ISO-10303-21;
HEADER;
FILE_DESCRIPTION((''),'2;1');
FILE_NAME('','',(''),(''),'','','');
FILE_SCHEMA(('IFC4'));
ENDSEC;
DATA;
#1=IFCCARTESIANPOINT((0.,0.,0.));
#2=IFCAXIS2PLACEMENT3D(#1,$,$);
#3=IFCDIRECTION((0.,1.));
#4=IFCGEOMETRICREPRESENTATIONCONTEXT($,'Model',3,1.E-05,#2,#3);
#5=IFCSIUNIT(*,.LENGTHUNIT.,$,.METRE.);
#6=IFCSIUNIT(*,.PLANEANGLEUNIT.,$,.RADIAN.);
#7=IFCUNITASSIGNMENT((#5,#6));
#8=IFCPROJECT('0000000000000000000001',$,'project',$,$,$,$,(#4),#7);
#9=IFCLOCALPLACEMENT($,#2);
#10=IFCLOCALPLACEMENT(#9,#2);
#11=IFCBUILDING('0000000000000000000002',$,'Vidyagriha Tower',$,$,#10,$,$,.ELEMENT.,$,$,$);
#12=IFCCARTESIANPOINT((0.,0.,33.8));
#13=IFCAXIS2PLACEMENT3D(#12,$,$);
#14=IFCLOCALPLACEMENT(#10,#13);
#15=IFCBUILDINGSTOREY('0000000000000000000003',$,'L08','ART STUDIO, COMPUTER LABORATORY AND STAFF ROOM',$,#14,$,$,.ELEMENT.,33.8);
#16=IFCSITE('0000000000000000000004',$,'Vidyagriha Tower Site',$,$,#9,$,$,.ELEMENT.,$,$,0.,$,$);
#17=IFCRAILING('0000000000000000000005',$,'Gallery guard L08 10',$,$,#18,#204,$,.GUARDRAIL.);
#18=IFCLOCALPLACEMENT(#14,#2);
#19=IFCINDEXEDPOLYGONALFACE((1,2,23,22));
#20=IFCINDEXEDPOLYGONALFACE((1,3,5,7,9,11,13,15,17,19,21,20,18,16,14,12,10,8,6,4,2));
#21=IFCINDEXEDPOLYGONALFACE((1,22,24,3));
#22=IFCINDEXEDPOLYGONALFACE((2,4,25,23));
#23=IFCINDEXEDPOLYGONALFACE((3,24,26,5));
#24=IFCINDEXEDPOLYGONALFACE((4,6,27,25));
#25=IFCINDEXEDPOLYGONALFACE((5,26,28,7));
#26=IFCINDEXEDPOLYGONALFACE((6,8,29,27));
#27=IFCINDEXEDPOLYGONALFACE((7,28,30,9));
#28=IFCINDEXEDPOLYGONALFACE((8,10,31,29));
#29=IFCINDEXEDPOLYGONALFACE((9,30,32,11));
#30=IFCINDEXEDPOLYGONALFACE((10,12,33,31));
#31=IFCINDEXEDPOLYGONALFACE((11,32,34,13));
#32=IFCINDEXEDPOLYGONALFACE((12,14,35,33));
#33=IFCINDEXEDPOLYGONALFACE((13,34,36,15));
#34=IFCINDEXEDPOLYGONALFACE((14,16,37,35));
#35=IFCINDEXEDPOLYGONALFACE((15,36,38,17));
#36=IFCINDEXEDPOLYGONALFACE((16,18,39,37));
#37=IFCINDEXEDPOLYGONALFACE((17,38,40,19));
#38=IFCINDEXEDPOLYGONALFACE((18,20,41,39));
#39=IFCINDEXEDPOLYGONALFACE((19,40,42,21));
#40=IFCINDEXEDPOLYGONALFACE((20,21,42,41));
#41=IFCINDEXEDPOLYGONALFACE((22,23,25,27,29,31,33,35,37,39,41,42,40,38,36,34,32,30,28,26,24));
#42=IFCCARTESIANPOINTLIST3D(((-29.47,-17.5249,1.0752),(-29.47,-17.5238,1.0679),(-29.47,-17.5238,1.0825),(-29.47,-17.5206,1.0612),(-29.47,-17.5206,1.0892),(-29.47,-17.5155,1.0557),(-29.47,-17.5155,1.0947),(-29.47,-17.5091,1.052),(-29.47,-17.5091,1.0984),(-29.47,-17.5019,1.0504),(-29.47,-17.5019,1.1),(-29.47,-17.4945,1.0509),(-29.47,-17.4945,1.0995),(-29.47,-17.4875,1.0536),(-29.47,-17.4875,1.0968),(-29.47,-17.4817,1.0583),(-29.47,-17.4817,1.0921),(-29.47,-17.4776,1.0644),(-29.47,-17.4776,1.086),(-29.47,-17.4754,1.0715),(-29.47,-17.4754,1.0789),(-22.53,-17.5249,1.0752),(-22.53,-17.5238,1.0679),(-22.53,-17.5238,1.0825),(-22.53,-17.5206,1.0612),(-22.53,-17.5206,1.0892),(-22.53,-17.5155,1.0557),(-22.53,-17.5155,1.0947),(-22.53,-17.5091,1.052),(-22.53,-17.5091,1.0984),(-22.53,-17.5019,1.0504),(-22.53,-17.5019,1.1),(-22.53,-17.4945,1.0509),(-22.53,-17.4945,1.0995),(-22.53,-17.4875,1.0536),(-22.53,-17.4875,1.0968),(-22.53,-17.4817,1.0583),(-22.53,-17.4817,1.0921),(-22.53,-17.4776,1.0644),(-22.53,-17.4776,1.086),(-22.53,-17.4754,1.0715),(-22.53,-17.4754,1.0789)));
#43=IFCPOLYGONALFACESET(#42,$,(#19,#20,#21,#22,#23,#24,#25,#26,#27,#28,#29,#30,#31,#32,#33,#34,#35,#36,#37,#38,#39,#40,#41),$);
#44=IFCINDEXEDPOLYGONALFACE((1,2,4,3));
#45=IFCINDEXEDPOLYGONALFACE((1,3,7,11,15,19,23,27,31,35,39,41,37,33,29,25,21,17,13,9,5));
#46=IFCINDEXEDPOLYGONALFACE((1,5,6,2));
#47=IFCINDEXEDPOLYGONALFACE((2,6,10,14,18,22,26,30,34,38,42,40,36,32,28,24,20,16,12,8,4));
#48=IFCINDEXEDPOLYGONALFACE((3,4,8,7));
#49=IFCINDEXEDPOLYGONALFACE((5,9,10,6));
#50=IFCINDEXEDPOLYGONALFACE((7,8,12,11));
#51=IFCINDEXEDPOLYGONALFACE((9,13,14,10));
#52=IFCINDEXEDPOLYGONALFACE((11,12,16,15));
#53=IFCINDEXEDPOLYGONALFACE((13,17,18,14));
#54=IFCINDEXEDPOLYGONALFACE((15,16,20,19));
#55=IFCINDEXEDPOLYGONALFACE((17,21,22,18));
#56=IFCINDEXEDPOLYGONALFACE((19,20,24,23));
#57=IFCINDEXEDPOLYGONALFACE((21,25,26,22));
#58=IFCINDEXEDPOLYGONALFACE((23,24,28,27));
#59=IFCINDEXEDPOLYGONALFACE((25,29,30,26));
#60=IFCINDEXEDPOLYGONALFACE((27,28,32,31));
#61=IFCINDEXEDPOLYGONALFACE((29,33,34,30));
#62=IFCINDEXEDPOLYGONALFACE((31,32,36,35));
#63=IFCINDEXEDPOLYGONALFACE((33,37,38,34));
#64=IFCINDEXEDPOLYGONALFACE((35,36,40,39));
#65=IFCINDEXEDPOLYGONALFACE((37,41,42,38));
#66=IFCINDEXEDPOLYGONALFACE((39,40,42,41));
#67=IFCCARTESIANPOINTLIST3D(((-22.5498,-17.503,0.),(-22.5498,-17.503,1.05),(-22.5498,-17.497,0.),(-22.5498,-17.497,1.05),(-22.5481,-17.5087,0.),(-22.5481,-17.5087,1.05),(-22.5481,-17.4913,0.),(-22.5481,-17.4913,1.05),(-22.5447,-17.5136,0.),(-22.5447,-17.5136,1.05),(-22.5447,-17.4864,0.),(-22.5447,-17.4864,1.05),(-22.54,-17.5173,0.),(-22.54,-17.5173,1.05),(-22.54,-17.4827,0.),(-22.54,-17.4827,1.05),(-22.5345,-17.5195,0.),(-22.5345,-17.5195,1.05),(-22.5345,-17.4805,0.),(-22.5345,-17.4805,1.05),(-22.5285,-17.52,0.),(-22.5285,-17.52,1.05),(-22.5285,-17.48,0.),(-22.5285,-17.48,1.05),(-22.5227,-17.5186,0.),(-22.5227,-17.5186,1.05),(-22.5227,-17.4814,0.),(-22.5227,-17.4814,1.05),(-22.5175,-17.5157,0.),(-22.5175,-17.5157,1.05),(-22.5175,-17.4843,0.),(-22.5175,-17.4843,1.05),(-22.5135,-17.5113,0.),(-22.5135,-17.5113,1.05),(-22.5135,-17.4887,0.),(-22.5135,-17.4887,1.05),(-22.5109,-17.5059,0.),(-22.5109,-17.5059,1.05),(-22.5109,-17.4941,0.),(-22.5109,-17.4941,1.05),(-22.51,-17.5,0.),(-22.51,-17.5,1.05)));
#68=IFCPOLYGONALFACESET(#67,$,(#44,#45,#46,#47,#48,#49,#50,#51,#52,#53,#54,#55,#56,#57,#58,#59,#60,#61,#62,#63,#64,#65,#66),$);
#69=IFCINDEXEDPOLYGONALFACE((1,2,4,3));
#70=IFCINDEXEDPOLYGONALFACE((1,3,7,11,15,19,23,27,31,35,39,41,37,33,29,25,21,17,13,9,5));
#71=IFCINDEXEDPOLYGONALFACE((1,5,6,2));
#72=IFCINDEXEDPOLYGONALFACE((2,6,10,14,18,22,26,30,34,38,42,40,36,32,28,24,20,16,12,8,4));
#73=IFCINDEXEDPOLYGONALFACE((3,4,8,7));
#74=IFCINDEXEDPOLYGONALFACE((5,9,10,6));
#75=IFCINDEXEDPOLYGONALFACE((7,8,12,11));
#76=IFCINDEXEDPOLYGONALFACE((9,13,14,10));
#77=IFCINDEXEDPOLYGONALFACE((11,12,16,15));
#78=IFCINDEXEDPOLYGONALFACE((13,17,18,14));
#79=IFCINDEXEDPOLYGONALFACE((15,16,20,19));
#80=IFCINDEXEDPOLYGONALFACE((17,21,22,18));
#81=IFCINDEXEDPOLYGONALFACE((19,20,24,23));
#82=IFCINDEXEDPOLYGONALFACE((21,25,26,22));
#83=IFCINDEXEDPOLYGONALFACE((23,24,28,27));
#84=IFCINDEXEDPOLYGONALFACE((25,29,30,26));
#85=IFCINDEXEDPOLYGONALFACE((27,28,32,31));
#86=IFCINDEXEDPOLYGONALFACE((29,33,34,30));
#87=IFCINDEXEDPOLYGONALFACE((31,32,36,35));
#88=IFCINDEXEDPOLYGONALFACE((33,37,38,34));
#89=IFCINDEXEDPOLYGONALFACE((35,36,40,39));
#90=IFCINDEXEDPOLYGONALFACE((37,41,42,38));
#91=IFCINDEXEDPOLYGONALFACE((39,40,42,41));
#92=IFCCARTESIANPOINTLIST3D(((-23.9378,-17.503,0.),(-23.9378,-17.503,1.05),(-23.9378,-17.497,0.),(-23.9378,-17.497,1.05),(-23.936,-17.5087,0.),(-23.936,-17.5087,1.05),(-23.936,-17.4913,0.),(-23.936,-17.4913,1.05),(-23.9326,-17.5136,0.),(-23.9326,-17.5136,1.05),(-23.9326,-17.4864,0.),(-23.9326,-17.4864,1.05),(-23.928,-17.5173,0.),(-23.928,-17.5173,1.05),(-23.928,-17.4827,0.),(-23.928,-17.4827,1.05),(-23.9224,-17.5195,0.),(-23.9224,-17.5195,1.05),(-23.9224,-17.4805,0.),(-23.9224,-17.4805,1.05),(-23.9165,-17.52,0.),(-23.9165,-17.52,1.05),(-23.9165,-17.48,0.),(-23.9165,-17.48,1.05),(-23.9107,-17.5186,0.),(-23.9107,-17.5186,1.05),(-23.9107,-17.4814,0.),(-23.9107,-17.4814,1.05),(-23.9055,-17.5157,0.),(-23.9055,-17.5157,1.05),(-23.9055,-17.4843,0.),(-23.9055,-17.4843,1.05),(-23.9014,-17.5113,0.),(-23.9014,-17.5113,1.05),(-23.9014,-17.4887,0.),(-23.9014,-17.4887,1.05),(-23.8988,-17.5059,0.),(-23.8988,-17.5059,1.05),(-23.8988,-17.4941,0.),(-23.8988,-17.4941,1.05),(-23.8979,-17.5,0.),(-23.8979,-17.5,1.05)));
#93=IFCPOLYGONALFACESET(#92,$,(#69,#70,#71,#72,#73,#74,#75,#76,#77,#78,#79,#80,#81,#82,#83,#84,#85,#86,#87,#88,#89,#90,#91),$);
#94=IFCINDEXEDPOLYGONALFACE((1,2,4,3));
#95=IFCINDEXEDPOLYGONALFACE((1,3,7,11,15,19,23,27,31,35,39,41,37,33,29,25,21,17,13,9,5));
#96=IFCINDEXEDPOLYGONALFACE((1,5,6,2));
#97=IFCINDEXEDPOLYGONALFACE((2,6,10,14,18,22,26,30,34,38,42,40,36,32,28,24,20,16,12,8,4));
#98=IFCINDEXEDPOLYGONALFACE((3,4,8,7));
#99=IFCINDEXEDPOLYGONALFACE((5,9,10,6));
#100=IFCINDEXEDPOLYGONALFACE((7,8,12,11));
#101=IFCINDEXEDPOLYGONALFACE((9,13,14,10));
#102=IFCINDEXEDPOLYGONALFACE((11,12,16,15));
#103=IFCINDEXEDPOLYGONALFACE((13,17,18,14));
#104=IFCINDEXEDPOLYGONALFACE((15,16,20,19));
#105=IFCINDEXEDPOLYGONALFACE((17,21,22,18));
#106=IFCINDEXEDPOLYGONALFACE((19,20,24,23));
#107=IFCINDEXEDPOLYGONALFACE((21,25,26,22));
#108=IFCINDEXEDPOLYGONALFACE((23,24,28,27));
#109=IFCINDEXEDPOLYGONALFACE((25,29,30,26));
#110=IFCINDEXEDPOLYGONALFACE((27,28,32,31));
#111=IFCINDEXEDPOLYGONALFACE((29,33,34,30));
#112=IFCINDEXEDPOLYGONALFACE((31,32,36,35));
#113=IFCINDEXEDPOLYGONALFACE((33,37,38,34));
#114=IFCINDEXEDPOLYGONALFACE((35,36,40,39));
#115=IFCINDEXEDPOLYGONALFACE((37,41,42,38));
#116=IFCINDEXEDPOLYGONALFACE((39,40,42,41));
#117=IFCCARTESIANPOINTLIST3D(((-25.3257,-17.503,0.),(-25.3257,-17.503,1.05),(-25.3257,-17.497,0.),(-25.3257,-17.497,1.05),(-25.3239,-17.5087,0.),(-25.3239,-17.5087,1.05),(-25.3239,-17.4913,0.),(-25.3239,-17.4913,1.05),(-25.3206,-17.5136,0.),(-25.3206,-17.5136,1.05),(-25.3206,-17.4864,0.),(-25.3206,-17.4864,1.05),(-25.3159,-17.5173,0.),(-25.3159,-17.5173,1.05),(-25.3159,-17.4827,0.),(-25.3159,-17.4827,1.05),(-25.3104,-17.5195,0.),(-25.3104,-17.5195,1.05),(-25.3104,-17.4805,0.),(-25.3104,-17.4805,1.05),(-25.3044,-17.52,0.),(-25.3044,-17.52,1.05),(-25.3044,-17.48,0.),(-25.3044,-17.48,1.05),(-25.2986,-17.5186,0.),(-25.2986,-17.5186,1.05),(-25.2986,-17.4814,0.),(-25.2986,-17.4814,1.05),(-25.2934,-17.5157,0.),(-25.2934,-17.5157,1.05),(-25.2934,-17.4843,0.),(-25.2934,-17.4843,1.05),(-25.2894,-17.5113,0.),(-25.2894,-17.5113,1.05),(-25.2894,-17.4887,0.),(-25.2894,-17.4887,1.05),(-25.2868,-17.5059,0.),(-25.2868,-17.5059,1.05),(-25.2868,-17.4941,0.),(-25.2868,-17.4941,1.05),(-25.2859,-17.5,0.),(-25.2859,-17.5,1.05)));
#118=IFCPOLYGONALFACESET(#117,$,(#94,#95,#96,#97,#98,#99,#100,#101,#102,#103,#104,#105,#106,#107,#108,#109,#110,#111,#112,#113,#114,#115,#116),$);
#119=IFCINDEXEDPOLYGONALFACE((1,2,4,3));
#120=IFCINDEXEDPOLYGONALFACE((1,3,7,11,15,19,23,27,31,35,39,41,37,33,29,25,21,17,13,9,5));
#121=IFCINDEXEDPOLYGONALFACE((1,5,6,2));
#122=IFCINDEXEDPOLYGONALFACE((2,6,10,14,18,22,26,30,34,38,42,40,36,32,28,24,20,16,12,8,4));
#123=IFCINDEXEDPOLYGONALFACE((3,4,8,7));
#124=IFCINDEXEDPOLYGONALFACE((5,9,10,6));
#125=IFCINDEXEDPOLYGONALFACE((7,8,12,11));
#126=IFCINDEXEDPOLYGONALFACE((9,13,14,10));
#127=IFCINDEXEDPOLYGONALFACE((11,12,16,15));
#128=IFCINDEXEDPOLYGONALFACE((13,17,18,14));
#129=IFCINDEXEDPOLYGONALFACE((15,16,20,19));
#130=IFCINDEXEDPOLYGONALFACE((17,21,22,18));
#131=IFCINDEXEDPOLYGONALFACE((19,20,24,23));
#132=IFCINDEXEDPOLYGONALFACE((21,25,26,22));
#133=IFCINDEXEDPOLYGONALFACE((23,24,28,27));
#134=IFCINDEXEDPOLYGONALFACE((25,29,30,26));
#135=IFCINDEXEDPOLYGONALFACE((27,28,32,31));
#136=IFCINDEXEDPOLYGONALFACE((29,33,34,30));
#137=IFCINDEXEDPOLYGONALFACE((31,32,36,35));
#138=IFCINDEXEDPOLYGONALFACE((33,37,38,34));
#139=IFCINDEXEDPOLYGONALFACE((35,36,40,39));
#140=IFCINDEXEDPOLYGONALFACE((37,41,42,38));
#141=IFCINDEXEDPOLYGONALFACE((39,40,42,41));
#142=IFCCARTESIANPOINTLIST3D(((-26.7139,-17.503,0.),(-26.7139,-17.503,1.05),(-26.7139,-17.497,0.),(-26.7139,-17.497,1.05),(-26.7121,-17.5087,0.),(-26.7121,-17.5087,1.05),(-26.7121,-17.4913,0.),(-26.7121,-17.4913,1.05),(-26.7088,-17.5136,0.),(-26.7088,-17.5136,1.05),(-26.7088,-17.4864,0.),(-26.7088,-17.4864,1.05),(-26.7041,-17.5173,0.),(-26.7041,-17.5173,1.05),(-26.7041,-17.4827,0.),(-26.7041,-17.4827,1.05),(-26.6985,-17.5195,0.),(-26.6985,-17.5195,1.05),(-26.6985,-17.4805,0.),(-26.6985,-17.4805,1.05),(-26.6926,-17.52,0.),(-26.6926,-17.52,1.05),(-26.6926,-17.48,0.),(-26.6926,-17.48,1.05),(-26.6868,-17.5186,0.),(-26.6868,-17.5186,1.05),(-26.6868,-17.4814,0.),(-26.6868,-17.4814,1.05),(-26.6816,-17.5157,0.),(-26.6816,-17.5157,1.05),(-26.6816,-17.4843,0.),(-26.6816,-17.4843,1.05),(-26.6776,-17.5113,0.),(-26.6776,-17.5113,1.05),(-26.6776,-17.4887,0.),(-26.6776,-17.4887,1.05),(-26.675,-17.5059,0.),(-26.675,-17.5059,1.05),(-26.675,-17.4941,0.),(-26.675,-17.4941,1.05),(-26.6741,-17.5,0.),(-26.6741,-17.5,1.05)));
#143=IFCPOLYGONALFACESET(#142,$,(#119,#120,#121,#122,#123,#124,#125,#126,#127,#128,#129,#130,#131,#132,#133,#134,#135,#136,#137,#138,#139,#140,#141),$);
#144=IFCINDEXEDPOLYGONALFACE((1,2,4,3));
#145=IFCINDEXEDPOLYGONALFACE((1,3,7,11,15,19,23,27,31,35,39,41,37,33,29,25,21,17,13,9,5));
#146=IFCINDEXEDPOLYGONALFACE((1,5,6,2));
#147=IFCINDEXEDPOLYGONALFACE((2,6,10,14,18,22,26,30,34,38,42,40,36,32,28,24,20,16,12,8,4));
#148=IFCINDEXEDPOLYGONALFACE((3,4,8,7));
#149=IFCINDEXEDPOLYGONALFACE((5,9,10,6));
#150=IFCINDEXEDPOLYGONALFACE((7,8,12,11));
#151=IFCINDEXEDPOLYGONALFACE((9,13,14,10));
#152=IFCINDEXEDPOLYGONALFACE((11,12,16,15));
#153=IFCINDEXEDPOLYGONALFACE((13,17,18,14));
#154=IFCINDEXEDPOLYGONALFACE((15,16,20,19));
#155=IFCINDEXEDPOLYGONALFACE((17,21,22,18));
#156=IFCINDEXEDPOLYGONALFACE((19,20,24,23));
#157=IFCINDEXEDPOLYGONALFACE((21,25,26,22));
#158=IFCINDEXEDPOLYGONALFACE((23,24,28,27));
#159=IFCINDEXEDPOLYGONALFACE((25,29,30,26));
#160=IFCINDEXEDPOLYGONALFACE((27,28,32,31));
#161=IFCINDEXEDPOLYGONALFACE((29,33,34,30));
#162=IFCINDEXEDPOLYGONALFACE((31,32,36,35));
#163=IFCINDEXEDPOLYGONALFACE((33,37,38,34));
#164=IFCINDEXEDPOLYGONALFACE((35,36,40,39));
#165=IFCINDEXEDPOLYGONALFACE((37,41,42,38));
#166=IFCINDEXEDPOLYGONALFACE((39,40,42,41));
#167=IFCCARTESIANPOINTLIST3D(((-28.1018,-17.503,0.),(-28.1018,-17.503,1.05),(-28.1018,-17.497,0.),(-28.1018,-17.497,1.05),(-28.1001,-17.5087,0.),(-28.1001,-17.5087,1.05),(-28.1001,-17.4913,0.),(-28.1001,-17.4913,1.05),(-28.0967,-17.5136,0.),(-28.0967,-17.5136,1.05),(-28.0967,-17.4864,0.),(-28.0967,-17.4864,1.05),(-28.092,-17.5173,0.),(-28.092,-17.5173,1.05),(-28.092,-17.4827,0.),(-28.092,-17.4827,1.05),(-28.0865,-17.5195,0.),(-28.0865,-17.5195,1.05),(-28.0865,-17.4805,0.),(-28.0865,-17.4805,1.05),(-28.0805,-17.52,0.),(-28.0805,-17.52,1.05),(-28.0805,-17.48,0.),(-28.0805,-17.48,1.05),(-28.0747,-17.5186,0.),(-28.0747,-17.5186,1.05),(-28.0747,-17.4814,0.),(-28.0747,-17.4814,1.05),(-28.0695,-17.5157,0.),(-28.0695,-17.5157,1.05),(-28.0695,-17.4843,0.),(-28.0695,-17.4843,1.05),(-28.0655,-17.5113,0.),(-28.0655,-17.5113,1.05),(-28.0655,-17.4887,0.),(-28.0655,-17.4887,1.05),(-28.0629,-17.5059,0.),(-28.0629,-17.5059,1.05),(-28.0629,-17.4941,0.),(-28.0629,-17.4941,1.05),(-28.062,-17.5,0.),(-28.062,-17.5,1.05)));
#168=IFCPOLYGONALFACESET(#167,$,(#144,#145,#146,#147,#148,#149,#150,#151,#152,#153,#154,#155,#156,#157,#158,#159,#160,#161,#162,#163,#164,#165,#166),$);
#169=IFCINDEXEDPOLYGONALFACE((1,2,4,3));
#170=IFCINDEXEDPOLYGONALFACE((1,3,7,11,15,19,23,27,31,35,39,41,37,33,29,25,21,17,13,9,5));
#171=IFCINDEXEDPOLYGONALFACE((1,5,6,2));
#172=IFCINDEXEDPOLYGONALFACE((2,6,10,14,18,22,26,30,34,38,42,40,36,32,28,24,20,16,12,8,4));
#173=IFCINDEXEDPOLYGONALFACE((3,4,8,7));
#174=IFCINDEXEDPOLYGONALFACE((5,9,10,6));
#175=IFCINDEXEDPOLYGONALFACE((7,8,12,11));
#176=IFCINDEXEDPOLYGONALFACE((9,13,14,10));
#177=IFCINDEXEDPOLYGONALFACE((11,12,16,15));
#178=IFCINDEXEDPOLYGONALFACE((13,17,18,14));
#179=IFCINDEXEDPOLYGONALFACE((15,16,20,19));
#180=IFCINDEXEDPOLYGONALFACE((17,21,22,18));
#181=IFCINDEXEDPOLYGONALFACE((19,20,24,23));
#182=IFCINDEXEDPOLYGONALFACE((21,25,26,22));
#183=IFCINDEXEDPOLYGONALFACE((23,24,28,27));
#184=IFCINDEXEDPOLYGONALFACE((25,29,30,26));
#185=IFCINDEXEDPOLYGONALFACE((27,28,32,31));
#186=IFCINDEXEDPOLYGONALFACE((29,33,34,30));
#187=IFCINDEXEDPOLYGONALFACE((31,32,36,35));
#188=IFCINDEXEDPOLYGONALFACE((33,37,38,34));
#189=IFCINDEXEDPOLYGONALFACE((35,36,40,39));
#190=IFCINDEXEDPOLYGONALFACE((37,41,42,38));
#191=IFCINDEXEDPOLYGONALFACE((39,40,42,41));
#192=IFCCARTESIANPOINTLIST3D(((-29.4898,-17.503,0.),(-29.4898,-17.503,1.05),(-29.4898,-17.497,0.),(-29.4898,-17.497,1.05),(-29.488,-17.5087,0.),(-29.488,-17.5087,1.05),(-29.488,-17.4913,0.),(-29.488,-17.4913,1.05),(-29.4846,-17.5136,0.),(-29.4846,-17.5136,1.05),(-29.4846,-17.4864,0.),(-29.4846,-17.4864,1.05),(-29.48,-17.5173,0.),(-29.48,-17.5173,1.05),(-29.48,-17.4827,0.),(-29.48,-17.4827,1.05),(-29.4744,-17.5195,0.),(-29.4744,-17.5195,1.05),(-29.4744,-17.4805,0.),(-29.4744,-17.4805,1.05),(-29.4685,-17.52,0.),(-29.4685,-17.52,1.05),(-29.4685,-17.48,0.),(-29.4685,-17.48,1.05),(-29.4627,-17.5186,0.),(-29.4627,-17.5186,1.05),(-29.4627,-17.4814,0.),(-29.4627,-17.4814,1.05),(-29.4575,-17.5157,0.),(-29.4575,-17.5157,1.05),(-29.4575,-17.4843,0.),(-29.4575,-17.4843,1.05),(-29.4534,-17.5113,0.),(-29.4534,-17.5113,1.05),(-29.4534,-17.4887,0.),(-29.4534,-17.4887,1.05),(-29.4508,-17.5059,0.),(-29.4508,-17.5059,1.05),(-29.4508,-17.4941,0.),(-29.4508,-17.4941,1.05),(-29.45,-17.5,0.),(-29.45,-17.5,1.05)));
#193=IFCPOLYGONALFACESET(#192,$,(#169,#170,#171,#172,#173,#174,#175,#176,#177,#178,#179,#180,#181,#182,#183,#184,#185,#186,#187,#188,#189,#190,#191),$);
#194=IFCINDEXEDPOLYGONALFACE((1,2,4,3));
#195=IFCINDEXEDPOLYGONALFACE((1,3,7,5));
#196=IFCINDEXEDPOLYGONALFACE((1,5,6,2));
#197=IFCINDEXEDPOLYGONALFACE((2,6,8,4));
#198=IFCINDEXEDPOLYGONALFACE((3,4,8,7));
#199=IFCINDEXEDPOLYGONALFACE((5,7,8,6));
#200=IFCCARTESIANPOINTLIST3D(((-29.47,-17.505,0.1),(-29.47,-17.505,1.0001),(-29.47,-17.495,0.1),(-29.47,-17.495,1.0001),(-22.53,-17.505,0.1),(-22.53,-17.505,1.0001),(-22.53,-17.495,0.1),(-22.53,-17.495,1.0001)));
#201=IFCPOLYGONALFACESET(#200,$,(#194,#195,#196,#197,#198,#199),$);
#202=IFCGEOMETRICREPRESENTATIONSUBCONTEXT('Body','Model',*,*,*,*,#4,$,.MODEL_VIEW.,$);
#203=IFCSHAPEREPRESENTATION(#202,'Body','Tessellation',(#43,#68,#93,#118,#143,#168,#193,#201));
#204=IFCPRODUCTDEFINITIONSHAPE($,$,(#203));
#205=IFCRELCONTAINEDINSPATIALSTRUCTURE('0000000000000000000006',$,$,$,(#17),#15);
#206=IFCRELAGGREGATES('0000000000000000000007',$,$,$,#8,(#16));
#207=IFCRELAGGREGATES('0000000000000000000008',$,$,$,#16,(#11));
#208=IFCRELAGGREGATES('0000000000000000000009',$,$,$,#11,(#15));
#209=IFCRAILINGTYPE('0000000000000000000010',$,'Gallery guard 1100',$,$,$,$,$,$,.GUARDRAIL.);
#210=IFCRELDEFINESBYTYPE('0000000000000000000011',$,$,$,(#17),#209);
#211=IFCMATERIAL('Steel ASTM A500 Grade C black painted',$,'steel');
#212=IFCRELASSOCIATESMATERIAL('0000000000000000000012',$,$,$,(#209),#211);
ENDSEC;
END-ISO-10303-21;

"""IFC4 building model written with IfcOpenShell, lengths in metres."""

from ifc_helpers import new_model, si_unit, direction, frame, origin, origin_2d, place, context, subcontext, project, spatial, rectangle, circle, extrude, material, type_object, element, save


model = new_model("IFC4")

# Units and contexts
model_context = context("Model", 3, precision=1e-05, world=origin(), true_north=direction((0.0, 1.0)))
body_context = subcontext(model_context, "Body", "Model", "MODEL_VIEW")
ifc_project = project(units=[si_unit("LENGTHUNIT", "METRE"), si_unit("PLANEANGLEUNIT", "RADIAN")], contexts=[model_context])

# Site, building, storey
site_placement = place(None, origin())
site = spatial("IfcSite", under=ifc_project, at=site_placement, Name="Vidyagriha Tower Site", CompositionType="ELEMENT", RefElevation=0.0)
building_placement = place(site_placement, origin())
building = spatial("IfcBuilding", under=site, at=building_placement, Name="Vidyagriha Tower", CompositionType="ELEMENT")
storey_placement = place(building_placement, frame((0.0, 0.0, 33.8)))
storey = spatial("IfcBuildingStorey", under=building, at=storey_placement, Name="L08", Description="ART STUDIO, COMPUTER LABORATORY AND STAFF ROOM", CompositionType="ELEMENT", Elevation=33.8)

# Railing
ifc_material_1 = material(Name="Steel ASTM A500 Grade C black painted", Category="steel")
railing_type = type_object("IfcRailingType", Name="Gallery guard 1100", PredefinedType="GUARDRAIL", material=ifc_material_1)
for number, where, name in (
    (1, (-22.53, -17.5, 0.0), "Gallery guard L08 10"),
):
    element("IfcRailing", number, at=place(storey_placement, frame(where)), inside=storey, type_object=railing_type, Name=name, PredefinedType="GUARDRAIL", context=body_context, shape_type="SweptSolid", body=[
        extrude(circle(Radius=0.0249, at=origin_2d()), frame((0.0, 0.0, 1.0752), z_axis=(-1.0, 0.0, 0.0), x_axis=(0.0, -1.0, 0.0)), (0.0, 0.0, 1.0), 6.9399),
        extrude(circle(Radius=0.02, at=origin_2d()), origin(), (0.0, 0.0, 1.0), 1.05),
        extrude(circle(Radius=0.02, at=origin_2d()), frame((-1.3879, 0.0, 0.0)), (0.0, 0.0, 1.0), 1.05),
        extrude(circle(Radius=0.02, at=origin_2d()), frame((-2.7759, 0.0, 0.0)), (0.0, 0.0, 1.0), 1.05),
        extrude(circle(Radius=0.02, at=origin_2d()), frame((-4.1641, 0.0, 0.0)), (0.0, 0.0, 1.0), 1.05),
        extrude(circle(Radius=0.02, at=origin_2d()), frame((-5.552, 0.0, 0.0)), (0.0, 0.0, 1.0), 1.05),
        extrude(circle(Radius=0.02, at=origin_2d()), frame((-6.9399, 0.0, 0.0)), (0.0, 0.0, 1.0), 1.05),
        extrude(rectangle(XDim=0.01, YDim=0.9001, at=origin_2d()), frame((0.0, 0.0, 0.55), z_axis=(-1.0, 0.0, 0.0), x_axis=(0.0, -1.0, 0.0)), (0.0, 0.0, 1.0), 6.9399),
    ])

save(model, "model.ifc")
